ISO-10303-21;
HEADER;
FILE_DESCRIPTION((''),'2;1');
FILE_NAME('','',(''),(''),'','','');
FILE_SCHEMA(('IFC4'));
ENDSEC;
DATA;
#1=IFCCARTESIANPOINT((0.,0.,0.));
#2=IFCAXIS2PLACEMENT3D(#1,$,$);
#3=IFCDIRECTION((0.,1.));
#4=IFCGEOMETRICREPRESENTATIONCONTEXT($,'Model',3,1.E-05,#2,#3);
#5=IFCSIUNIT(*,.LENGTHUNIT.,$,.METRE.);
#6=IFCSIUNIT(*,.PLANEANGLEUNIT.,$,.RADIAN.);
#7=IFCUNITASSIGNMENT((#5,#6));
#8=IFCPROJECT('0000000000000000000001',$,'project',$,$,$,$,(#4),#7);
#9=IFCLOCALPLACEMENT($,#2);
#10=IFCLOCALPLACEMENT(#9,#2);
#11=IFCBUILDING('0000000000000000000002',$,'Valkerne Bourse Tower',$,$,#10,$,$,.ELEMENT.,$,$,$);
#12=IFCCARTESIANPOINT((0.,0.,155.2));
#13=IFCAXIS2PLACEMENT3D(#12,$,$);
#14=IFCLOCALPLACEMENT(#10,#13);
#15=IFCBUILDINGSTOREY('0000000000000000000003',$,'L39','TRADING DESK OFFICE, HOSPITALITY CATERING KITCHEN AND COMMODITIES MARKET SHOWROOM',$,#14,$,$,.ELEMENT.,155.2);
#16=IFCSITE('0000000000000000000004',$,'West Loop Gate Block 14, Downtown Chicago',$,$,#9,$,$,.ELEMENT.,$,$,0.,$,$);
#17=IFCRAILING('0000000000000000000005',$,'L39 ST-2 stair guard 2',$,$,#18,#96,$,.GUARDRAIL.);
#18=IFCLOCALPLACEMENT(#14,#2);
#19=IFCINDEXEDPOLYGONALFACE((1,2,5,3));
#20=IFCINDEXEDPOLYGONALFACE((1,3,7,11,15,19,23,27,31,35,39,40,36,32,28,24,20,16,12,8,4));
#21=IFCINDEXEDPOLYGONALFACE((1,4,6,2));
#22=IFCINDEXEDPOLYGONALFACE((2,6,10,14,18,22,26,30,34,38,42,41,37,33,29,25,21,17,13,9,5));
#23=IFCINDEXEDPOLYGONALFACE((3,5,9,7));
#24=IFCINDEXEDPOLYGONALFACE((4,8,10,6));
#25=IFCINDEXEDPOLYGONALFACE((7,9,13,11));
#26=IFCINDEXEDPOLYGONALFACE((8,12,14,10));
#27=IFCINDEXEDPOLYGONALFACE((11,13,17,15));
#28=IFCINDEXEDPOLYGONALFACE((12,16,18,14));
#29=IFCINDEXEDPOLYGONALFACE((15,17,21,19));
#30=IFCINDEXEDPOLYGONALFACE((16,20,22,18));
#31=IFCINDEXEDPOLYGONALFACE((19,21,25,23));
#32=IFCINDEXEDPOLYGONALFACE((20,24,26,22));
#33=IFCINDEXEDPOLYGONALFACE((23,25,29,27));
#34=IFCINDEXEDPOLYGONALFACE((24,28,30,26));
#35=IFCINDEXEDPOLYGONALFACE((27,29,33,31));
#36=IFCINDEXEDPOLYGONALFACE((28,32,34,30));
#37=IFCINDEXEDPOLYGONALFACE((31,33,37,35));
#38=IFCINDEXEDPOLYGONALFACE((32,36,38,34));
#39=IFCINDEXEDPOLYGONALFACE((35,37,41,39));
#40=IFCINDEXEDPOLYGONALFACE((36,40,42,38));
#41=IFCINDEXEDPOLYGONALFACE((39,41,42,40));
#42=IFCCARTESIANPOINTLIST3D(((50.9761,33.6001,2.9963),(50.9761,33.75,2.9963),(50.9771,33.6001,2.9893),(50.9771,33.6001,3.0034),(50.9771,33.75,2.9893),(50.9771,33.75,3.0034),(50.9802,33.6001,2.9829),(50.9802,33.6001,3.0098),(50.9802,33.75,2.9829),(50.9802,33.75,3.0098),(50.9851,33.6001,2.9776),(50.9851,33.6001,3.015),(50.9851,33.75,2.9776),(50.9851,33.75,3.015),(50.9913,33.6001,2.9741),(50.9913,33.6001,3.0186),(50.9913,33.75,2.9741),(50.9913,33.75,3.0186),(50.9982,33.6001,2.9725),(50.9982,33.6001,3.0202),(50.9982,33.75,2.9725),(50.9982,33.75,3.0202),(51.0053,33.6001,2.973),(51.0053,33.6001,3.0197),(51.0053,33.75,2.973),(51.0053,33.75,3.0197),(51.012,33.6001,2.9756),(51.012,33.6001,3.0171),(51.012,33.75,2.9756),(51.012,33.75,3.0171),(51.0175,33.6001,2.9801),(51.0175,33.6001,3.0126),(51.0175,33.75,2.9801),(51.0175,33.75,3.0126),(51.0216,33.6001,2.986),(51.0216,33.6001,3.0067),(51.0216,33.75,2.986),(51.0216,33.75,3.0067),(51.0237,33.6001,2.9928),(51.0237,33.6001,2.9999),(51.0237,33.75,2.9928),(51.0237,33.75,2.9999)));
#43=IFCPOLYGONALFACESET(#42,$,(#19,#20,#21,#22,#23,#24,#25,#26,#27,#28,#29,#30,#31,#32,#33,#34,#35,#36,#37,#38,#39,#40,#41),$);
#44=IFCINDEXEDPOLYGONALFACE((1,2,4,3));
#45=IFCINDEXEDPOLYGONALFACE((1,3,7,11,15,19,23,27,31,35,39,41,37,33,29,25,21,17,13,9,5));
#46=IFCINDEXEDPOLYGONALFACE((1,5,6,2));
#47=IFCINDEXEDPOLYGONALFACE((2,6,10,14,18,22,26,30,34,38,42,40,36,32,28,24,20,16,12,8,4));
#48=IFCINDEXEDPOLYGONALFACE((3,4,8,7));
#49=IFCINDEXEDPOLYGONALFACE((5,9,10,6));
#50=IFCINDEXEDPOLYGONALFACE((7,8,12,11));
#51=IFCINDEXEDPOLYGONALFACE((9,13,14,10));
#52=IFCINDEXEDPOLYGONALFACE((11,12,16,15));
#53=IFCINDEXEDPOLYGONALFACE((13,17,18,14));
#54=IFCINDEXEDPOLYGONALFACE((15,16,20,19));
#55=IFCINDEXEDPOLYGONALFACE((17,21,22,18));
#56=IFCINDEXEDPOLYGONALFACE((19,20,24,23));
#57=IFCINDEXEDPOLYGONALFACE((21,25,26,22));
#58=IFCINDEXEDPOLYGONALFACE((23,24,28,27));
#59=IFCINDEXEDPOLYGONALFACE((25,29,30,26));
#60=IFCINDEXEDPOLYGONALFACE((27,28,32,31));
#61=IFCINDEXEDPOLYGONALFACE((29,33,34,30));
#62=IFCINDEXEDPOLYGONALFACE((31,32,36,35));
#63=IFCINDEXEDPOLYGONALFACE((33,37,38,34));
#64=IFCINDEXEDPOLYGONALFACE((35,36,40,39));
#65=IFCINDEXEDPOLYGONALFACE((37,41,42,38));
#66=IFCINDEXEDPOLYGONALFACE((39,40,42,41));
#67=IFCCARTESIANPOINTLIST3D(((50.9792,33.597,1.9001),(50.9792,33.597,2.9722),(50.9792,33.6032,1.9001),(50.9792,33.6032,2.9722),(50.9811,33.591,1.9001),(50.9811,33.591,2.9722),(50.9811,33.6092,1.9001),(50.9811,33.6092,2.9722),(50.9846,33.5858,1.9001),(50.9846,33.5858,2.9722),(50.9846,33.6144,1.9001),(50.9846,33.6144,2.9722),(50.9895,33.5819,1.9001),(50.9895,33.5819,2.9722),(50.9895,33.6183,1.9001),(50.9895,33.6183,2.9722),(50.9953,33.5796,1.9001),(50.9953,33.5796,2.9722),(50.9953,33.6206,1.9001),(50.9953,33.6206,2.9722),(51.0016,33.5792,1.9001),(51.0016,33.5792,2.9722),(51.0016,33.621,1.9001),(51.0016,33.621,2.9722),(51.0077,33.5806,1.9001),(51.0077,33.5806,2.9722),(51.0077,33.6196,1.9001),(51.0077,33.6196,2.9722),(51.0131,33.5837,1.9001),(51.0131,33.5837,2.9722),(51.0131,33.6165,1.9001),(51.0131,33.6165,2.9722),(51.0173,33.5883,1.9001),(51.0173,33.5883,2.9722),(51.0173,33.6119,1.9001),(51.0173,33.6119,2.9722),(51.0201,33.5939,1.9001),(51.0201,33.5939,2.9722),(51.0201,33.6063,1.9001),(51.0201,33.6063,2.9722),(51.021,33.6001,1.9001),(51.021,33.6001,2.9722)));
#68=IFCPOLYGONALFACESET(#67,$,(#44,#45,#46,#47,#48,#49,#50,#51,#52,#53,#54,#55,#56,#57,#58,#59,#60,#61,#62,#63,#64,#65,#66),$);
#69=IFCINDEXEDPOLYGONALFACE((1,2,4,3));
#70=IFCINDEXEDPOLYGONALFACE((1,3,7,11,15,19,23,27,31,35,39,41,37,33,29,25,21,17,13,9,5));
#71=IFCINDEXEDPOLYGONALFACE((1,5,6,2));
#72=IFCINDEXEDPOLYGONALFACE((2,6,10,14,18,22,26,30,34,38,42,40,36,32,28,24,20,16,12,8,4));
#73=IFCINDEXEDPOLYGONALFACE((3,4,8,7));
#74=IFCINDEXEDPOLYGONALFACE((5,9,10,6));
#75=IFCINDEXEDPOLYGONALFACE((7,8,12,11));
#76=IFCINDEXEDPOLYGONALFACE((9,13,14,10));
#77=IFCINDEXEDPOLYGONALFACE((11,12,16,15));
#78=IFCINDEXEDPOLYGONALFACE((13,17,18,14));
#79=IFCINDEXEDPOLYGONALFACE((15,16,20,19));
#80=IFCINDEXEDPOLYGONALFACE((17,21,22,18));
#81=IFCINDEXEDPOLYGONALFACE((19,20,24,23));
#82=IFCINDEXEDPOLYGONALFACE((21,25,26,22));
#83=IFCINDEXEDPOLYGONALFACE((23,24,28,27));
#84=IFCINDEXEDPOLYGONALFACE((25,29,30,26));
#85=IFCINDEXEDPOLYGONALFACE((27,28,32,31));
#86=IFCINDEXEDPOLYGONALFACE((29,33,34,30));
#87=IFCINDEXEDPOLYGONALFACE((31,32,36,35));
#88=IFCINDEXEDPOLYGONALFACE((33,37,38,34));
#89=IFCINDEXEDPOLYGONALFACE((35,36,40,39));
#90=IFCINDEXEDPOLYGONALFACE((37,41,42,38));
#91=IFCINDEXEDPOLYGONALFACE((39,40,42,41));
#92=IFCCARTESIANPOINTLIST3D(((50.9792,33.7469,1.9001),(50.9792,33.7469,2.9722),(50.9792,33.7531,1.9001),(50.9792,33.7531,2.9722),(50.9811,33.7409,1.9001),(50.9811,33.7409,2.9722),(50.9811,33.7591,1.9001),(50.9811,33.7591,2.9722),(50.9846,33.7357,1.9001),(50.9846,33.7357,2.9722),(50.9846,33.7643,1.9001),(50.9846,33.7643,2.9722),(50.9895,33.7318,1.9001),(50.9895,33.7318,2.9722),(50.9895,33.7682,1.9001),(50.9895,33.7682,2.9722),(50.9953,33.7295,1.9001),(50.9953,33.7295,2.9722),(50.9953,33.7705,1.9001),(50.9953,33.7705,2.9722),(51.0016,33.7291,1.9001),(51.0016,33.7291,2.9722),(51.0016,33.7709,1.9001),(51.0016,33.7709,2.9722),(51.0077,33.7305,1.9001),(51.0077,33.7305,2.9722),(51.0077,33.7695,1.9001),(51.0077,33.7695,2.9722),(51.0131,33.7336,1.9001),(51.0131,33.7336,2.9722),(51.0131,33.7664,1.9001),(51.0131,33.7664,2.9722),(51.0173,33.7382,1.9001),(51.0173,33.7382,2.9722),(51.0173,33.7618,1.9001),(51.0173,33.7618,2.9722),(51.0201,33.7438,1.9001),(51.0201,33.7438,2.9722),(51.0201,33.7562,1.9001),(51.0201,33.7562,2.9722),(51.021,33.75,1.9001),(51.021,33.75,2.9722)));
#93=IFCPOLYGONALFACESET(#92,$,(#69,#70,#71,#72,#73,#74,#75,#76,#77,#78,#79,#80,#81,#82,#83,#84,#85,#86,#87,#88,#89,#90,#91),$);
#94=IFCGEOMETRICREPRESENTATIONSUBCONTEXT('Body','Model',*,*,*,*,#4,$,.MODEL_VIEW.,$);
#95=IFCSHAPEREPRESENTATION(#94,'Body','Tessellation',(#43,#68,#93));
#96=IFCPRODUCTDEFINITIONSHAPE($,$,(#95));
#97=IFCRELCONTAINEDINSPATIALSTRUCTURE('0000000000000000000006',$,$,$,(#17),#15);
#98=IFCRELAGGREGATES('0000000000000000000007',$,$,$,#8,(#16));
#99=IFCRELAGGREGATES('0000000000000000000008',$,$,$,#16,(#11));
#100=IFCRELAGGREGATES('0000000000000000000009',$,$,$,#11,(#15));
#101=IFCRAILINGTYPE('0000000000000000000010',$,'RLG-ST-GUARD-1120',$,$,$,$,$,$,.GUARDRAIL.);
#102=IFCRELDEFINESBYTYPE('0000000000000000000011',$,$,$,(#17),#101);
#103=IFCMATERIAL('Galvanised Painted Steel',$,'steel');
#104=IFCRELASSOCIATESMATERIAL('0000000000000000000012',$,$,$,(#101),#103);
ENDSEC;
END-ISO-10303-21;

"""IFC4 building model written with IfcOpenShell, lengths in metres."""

from ifc_helpers import new_model, si_unit, direction, frame, origin, origin_2d, place, context, subcontext, project, spatial, circle, extrude, material, type_object, element, save


model = new_model("IFC4")

# Units and contexts
model_context = context("Model", 3, precision=1e-05, world=origin(), true_north=direction((0.0, 1.0)))
body_context = subcontext(model_context, "Body", "Model", "MODEL_VIEW")
ifc_project = project(units=[si_unit("LENGTHUNIT", "METRE"), si_unit("PLANEANGLEUNIT", "RADIAN")], contexts=[model_context])

# Site, building, storey
site_placement = place(None, origin())
site = spatial("IfcSite", under=ifc_project, at=site_placement, Name="West Loop Gate Block 14, Downtown Chicago", CompositionType="ELEMENT", RefElevation=0.0)
building_placement = place(site_placement, origin())
building = spatial("IfcBuilding", under=site, at=building_placement, Name="Valkerne Bourse Tower", CompositionType="ELEMENT")
storey_placement = place(building_placement, frame((0.0, 0.0, 155.2)))
storey = spatial("IfcBuildingStorey", under=building, at=storey_placement, Name="L39", Description="TRADING DESK OFFICE, HOSPITALITY CATERING KITCHEN AND COMMODITIES MARKET SHOWROOM", CompositionType="ELEMENT", Elevation=155.2)

# Shared definitions
ifc_material_1 = material(Name="Galvanised Painted Steel", Category="steel")

# Railing
railing_type_1 = type_object("IfcRailingType", Name="RLG-ST-GUARD-1120", PredefinedType="GUARDRAIL", material=ifc_material_1)
railing_1_placement = place(storey_placement, frame((51.0, 33.6001, 1.9001)))
element("IfcRailing", 1, at=railing_1_placement, inside=storey, type_object=railing_type_1, Name="L39 ST-2 stair guard 2", PredefinedType="GUARDRAIL", context=body_context, shape_type="SweptSolid", body=[
    extrude(circle(Radius=0.0239, at=origin_2d()), frame((0.0, 0.0, 1.0962), z_axis=(0.0, 1.0, 0.0), x_axis=(-1.0, 0.0, 0.0)), (0.0, 0.0, 1.0), 0.1499),
    extrude(circle(Radius=0.021, at=origin_2d()), origin(), (0.0, 0.0, 1.0), 1.072),
    extrude(circle(Radius=0.021, at=origin_2d()), frame((0.0, 0.1499, 0.0)), (0.0, 0.0, 1.0), 1.072),
])

save(model, "model.ifc")
